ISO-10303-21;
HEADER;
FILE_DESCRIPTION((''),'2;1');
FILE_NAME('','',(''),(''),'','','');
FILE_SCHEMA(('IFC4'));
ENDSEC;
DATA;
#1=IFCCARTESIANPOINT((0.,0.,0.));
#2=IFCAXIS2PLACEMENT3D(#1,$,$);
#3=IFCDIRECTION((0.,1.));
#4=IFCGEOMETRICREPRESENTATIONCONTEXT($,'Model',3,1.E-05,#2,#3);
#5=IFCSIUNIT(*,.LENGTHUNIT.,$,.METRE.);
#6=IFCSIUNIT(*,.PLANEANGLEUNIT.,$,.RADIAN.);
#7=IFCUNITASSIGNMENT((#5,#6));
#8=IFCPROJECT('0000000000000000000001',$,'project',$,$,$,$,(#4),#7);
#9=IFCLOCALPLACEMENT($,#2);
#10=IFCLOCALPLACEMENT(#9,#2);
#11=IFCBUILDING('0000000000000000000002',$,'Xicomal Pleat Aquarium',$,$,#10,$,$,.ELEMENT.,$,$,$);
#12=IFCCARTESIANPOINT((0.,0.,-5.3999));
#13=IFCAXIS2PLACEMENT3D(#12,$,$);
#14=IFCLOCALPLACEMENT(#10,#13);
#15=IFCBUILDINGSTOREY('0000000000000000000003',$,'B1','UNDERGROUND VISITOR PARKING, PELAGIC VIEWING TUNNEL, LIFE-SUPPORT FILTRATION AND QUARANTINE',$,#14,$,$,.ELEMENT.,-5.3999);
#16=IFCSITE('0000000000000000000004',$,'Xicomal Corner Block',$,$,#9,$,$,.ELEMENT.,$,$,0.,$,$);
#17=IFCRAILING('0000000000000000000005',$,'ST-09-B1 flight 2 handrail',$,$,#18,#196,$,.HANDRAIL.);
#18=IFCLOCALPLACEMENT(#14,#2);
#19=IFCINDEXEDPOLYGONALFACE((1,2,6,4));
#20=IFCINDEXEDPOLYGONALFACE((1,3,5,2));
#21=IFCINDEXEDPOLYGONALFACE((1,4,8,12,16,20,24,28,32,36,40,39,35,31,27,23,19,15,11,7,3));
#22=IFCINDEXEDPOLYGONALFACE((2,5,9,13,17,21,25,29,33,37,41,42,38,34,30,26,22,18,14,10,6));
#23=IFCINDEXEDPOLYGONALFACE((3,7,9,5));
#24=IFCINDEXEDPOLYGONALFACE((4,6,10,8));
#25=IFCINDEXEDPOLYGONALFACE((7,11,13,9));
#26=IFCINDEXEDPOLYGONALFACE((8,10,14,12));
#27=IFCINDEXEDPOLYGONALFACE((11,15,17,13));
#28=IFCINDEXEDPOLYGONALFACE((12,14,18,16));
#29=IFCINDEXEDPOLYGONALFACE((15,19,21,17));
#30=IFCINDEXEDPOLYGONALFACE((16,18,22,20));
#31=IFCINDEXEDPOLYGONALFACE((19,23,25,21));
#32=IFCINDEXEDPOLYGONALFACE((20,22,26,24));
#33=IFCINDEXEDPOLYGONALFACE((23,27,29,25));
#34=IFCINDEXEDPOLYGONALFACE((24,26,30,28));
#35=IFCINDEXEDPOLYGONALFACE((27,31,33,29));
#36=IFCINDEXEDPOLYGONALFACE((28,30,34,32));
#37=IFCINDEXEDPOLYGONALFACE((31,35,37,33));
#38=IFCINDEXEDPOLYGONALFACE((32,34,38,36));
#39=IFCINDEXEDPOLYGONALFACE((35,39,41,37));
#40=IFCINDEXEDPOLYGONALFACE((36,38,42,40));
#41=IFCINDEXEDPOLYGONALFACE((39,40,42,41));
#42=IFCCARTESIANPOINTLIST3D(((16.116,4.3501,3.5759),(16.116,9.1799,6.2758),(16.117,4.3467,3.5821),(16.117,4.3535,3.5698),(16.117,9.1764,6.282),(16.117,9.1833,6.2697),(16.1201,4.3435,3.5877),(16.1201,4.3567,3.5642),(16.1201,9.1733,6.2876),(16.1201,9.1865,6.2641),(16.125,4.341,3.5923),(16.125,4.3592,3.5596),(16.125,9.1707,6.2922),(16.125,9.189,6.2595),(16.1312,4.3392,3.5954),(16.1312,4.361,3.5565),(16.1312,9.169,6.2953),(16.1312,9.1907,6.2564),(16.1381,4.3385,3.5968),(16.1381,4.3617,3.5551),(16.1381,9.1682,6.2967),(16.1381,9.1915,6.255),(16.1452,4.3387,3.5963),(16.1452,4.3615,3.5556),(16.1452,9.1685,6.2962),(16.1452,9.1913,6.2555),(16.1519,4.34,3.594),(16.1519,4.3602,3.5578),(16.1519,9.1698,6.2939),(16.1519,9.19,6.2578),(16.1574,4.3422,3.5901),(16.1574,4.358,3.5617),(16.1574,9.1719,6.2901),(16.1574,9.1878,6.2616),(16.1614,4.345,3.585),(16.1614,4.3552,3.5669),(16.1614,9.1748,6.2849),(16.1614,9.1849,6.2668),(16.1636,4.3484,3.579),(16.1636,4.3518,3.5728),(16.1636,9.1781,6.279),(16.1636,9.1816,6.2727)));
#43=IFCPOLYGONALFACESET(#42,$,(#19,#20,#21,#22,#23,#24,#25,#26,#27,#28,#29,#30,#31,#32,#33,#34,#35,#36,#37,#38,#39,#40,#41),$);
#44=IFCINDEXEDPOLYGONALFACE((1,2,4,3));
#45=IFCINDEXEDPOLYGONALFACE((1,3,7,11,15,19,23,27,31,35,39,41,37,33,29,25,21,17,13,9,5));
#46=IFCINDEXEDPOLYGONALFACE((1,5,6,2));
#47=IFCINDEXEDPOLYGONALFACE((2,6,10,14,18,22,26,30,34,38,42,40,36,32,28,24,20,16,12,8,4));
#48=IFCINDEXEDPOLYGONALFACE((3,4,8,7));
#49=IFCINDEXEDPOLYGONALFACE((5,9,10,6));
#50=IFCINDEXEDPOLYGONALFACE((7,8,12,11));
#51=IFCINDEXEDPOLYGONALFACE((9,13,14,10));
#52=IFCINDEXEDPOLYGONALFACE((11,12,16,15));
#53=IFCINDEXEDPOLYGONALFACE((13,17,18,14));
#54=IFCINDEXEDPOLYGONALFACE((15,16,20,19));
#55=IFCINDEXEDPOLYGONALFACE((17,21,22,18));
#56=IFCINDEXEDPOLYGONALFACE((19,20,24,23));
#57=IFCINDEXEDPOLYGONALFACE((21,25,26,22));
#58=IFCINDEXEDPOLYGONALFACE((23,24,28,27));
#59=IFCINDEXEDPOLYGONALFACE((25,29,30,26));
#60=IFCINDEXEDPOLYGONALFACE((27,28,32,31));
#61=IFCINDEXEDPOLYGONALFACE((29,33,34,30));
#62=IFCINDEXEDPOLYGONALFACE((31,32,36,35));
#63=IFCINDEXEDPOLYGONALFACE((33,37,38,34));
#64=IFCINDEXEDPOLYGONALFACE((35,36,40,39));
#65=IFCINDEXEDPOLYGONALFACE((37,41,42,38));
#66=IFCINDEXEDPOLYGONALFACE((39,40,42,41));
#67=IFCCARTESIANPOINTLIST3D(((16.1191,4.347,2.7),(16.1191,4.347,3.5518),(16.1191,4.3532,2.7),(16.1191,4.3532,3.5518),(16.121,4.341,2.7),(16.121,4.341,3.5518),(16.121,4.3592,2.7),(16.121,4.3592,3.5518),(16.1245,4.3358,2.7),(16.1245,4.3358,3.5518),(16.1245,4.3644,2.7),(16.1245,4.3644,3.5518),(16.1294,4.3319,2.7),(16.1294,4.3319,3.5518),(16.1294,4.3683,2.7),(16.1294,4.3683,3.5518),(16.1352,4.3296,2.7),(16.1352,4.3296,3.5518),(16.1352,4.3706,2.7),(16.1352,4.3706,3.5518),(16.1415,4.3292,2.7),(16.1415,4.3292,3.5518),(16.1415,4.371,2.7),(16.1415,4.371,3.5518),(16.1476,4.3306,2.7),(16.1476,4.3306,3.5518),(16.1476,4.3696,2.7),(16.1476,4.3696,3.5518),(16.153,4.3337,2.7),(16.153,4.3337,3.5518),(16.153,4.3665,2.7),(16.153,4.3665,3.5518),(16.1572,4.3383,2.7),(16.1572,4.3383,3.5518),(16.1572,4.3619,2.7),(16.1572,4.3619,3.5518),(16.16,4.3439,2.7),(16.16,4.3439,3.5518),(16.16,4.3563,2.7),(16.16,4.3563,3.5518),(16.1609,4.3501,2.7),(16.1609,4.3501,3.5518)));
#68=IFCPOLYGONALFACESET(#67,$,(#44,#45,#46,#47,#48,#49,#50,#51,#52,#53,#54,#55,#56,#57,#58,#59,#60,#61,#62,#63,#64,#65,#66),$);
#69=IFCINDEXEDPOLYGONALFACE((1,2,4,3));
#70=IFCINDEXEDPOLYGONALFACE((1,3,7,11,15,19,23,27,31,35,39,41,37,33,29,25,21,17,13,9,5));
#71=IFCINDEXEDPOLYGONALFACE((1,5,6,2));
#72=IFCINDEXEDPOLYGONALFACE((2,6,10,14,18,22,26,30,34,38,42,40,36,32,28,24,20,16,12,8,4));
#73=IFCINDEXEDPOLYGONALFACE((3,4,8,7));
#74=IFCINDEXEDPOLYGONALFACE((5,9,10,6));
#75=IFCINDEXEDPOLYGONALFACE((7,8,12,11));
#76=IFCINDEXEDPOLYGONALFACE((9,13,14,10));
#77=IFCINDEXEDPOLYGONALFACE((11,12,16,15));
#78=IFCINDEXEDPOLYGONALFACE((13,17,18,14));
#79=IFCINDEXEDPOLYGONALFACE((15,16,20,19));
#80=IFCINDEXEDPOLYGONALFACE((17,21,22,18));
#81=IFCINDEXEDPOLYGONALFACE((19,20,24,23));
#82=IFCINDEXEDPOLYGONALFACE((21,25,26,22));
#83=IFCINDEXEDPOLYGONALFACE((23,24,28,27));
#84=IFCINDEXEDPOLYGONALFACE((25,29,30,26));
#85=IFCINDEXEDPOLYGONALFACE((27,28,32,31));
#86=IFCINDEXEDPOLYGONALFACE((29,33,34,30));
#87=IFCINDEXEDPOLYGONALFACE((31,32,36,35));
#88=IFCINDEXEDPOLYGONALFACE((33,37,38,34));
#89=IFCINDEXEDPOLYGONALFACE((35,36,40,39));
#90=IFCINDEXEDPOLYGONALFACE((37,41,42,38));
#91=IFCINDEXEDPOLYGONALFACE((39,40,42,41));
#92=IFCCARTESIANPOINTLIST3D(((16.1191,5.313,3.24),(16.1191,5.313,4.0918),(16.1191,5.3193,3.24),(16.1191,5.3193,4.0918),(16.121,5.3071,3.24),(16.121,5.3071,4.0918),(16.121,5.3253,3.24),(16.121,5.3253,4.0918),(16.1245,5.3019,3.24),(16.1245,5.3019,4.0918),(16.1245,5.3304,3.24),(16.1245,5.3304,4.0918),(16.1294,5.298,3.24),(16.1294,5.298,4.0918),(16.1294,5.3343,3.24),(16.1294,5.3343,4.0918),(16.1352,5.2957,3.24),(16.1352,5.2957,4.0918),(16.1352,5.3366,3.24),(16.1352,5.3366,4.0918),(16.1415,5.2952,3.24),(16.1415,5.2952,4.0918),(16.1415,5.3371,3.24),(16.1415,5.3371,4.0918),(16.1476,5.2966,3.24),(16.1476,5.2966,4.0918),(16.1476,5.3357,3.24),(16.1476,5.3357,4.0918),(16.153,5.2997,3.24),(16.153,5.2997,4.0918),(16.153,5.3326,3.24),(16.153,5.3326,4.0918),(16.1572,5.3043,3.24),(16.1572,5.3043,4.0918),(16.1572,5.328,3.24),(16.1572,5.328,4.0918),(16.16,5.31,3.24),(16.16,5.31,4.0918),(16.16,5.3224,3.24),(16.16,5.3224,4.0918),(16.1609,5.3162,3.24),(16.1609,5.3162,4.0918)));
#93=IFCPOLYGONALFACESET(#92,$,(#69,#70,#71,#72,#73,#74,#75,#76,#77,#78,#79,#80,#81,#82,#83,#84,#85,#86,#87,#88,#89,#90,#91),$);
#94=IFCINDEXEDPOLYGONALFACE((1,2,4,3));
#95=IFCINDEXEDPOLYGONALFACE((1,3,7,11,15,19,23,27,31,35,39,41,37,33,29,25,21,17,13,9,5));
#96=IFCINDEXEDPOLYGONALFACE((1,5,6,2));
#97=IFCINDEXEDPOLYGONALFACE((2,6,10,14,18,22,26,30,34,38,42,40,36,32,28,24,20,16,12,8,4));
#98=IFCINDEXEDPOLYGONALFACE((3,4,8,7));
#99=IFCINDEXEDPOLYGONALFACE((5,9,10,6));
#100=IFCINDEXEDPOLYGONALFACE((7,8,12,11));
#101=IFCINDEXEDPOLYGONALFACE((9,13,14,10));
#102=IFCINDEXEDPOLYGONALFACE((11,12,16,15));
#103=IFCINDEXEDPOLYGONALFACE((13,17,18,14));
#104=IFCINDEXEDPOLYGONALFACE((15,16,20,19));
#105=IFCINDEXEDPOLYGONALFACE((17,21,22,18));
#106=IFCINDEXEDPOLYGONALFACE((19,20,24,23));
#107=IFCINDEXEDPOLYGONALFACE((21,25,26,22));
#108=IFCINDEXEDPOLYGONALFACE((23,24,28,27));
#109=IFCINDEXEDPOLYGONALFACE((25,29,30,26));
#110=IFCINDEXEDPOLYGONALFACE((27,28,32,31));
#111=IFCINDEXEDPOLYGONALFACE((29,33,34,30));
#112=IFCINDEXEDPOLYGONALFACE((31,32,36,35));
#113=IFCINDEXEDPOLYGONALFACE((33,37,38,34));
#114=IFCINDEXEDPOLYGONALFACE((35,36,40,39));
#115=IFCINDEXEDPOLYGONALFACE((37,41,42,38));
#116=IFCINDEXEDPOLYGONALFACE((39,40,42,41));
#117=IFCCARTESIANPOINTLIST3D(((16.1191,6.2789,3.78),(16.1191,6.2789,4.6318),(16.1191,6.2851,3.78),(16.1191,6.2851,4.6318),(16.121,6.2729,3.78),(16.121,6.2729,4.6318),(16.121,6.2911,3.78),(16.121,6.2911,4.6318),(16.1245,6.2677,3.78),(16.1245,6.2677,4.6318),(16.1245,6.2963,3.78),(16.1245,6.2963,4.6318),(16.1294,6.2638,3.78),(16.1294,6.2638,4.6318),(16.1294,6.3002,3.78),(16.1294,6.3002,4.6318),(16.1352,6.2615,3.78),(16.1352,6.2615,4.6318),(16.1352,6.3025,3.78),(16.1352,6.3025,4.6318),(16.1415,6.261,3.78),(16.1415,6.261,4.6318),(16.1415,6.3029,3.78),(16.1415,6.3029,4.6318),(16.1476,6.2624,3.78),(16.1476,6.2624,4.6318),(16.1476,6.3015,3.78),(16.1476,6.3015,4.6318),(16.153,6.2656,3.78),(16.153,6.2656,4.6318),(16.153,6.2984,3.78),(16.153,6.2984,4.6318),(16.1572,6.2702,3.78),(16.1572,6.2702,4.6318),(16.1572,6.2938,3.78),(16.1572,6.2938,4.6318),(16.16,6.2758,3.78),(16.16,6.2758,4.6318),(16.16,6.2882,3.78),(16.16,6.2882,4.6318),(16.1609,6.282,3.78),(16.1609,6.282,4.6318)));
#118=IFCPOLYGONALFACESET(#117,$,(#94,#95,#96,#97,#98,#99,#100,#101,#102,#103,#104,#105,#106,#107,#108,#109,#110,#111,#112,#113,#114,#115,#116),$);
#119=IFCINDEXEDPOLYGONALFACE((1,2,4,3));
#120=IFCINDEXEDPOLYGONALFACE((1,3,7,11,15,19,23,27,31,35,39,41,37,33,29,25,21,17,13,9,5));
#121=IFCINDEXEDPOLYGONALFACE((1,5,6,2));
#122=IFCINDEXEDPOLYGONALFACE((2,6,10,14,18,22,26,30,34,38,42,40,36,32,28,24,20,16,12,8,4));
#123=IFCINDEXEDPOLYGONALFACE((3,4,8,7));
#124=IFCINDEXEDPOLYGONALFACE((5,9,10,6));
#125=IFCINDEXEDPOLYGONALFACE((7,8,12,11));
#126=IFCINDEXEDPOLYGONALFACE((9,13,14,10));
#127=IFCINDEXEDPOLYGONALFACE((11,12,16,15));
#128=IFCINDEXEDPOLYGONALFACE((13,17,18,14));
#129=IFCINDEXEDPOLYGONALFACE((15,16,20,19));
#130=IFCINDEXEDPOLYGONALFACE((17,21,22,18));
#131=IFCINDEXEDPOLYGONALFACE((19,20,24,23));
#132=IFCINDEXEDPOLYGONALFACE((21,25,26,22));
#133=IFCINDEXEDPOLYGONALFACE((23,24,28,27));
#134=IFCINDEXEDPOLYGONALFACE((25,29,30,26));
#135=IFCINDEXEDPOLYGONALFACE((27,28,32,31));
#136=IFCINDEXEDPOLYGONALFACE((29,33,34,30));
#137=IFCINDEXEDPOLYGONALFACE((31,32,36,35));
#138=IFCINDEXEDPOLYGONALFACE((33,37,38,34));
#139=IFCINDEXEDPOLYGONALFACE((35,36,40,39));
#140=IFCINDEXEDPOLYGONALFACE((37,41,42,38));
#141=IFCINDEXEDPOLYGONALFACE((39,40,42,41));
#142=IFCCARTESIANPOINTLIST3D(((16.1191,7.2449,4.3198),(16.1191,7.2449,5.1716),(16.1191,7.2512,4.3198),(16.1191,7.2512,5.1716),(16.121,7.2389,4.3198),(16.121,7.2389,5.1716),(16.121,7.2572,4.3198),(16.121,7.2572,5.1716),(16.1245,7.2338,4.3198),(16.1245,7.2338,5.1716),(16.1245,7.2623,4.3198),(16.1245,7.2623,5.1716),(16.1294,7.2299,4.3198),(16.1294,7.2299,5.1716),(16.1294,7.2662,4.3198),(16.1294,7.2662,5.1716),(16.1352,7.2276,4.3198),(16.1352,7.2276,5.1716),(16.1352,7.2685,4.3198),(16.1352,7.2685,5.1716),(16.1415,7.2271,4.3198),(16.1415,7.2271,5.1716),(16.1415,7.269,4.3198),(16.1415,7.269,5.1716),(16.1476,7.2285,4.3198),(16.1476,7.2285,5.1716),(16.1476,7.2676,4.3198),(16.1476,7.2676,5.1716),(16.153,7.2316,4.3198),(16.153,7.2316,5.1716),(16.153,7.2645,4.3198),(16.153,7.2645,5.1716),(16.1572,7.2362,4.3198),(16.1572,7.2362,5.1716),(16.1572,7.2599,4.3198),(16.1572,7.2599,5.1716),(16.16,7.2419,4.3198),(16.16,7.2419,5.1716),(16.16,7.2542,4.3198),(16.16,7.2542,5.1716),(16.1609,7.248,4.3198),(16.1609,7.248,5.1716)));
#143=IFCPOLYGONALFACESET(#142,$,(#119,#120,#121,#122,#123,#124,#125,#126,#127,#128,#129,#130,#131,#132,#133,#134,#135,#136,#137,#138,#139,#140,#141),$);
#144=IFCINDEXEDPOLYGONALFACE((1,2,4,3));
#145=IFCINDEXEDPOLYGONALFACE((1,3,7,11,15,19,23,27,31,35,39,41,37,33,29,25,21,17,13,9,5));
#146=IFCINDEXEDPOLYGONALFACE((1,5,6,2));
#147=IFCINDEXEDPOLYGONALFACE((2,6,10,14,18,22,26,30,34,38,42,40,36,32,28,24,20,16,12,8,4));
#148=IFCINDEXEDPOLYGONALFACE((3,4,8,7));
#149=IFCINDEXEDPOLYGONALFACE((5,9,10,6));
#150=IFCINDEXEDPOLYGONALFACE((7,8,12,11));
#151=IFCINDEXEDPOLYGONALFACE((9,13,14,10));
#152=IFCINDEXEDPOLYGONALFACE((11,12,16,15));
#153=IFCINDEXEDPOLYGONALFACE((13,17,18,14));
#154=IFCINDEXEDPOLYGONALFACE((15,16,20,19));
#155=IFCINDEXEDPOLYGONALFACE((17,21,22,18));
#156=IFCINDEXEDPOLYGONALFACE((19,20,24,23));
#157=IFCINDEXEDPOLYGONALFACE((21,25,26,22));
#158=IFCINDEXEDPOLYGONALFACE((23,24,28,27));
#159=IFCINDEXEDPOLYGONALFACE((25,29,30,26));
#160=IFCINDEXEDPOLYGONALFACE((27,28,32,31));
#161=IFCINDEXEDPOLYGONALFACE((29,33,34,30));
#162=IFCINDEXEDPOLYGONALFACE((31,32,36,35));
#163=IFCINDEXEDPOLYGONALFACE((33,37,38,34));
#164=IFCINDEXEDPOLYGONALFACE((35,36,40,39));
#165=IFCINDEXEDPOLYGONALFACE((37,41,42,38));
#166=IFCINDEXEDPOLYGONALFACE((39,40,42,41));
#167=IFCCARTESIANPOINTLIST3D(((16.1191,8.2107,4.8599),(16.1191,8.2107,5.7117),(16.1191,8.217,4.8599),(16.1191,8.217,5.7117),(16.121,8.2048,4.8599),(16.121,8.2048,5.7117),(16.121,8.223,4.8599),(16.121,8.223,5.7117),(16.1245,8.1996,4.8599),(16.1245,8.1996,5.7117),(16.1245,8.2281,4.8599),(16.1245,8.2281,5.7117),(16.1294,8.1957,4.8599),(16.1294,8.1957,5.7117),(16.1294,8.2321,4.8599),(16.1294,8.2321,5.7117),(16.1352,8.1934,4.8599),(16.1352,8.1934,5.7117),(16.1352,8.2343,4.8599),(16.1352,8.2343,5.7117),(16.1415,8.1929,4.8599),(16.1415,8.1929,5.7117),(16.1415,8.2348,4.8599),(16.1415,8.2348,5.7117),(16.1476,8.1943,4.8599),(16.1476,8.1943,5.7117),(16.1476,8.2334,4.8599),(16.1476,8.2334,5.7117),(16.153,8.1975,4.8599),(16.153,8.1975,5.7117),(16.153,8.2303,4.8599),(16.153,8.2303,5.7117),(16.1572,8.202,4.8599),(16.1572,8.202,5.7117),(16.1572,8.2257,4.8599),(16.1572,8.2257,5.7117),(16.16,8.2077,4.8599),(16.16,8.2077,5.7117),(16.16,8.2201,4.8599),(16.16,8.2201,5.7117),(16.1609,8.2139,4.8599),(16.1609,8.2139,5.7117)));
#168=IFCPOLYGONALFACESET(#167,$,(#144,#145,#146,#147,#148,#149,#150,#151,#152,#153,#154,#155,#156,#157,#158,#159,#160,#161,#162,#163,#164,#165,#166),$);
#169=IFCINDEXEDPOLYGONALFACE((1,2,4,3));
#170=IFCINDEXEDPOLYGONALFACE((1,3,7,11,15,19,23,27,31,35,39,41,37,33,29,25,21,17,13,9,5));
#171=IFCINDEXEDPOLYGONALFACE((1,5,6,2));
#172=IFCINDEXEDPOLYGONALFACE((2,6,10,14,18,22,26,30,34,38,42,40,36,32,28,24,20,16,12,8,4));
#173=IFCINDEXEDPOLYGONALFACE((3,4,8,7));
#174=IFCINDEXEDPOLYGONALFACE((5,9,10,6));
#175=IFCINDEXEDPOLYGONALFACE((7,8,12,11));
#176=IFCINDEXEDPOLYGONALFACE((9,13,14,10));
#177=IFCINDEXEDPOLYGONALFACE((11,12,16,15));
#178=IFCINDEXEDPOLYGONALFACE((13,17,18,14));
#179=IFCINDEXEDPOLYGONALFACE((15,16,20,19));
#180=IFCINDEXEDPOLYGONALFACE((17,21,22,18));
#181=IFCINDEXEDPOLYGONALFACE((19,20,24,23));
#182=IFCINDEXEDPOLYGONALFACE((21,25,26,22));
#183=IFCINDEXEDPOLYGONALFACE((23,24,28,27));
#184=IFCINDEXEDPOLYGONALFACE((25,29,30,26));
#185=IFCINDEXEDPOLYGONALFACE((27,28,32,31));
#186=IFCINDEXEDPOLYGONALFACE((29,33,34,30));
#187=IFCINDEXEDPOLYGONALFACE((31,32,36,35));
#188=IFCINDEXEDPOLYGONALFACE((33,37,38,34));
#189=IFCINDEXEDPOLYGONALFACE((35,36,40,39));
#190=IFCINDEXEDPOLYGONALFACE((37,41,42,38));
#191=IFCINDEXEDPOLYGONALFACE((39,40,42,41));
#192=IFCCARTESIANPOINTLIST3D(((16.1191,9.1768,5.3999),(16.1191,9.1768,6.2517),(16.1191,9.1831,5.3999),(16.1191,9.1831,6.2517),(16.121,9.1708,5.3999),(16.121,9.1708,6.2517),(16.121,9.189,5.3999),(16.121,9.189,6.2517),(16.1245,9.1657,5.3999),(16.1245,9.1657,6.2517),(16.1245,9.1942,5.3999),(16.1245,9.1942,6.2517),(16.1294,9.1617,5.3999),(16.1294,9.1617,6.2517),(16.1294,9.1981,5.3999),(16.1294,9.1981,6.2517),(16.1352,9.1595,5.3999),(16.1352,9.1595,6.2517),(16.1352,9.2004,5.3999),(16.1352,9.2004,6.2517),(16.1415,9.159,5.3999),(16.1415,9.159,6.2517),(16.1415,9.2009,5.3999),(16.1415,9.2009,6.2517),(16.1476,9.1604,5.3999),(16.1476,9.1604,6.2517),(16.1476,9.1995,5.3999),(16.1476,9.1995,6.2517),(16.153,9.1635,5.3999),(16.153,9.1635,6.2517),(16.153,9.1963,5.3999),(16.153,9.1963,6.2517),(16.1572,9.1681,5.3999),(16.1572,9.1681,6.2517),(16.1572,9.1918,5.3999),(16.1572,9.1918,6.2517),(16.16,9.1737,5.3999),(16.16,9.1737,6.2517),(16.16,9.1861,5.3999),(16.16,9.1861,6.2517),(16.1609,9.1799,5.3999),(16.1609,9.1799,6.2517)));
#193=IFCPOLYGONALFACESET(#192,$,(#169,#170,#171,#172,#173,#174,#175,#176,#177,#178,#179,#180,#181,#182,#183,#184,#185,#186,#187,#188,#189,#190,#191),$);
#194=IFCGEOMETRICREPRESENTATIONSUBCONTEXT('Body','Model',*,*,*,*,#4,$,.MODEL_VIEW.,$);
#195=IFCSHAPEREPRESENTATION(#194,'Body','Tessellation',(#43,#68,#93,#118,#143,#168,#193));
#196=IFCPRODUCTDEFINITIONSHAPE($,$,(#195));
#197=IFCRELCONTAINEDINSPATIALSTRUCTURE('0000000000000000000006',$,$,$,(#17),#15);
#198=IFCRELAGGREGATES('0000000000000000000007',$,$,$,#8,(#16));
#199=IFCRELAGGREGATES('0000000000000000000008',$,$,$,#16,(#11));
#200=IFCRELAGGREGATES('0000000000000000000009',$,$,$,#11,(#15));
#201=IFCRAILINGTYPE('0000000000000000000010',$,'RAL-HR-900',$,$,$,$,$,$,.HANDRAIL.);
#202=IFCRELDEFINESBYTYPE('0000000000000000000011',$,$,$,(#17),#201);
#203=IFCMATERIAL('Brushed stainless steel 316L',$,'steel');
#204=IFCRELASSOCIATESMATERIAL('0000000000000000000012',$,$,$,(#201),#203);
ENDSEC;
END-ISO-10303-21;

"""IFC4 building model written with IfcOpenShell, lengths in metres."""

from ifc_helpers import new_model, si_unit, direction, frame, origin, origin_2d, place, context, subcontext, project, spatial, circle, extrude, material, type_object, element, save


model = new_model("IFC4")

# Units and contexts
model_context = context("Model", 3, precision=1e-05, world=origin(), true_north=direction((0.0, 1.0)))
body_context = subcontext(model_context, "Body", "Model", "MODEL_VIEW")
ifc_project = project(units=[si_unit("LENGTHUNIT", "METRE"), si_unit("PLANEANGLEUNIT", "RADIAN")], contexts=[model_context])

# Site, building, storey
site_placement = place(None, origin())
site = spatial("IfcSite", under=ifc_project, at=site_placement, Name="Xicomal Corner Block", CompositionType="ELEMENT", RefElevation=0.0)
building_placement = place(site_placement, origin())
building = spatial("IfcBuilding", under=site, at=building_placement, Name="Xicomal Pleat Aquarium", CompositionType="ELEMENT")
storey_placement = place(building_placement, frame((0.0, 0.0, -5.3999)))
storey = spatial("IfcBuildingStorey", under=building, at=storey_placement, Name="B1", Description="UNDERGROUND VISITOR PARKING, PELAGIC VIEWING TUNNEL, LIFE-SUPPORT FILTRATION AND QUARANTINE", CompositionType="ELEMENT", Elevation=-5.3999)

# Railing
ifc_material_1 = material(Name="Brushed stainless steel 316L", Category="steel")
railing_type_1 = type_object("IfcRailingType", Name="RAL-HR-900", PredefinedType="HANDRAIL", material=ifc_material_1)
railing_1_placement = place(storey_placement, frame((16.1399, 4.3501, 2.7)))
element("IfcRailing", 1, at=railing_1_placement, inside=storey, type_object=railing_type_1, Name="ST-09-B1 flight 2 handrail", PredefinedType="HANDRAIL", context=body_context, shape_type="SweptSolid", body=[
    extrude(circle(Radius=0.0239, at=origin_2d()), frame((0.0, 0.0, 0.876), z_axis=(0.0, 0.872872, 0.487949), x_axis=(-1.0, 0.0, 0.0)), (0.0, 0.0, 1.0), 5.5332),
    extrude(circle(Radius=0.021, at=origin_2d()), origin(), (0.0, 0.0, 1.0), 0.8518),
    extrude(circle(Radius=0.021, at=origin_2d()), frame((0.0, 0.9661, 0.54)), (0.0, 0.0, 1.0), 0.8518),
    extrude(circle(Radius=0.021, at=origin_2d()), frame((0.0, 1.9319, 1.0801)), (0.0, 0.0, 1.0), 0.8518),
    extrude(circle(Radius=0.021, at=origin_2d()), frame((0.0, 2.8979, 1.6199)), (0.0, 0.0, 1.0), 0.8518),
    extrude(circle(Radius=0.021, at=origin_2d()), frame((0.0, 3.8638, 2.1599)), (0.0, 0.0, 1.0), 0.8518),
    extrude(circle(Radius=0.021, at=origin_2d()), frame((0.0, 4.8298, 2.7)), (0.0, 0.0, 1.0), 0.8518),
])

save(model, "model.ifc")
